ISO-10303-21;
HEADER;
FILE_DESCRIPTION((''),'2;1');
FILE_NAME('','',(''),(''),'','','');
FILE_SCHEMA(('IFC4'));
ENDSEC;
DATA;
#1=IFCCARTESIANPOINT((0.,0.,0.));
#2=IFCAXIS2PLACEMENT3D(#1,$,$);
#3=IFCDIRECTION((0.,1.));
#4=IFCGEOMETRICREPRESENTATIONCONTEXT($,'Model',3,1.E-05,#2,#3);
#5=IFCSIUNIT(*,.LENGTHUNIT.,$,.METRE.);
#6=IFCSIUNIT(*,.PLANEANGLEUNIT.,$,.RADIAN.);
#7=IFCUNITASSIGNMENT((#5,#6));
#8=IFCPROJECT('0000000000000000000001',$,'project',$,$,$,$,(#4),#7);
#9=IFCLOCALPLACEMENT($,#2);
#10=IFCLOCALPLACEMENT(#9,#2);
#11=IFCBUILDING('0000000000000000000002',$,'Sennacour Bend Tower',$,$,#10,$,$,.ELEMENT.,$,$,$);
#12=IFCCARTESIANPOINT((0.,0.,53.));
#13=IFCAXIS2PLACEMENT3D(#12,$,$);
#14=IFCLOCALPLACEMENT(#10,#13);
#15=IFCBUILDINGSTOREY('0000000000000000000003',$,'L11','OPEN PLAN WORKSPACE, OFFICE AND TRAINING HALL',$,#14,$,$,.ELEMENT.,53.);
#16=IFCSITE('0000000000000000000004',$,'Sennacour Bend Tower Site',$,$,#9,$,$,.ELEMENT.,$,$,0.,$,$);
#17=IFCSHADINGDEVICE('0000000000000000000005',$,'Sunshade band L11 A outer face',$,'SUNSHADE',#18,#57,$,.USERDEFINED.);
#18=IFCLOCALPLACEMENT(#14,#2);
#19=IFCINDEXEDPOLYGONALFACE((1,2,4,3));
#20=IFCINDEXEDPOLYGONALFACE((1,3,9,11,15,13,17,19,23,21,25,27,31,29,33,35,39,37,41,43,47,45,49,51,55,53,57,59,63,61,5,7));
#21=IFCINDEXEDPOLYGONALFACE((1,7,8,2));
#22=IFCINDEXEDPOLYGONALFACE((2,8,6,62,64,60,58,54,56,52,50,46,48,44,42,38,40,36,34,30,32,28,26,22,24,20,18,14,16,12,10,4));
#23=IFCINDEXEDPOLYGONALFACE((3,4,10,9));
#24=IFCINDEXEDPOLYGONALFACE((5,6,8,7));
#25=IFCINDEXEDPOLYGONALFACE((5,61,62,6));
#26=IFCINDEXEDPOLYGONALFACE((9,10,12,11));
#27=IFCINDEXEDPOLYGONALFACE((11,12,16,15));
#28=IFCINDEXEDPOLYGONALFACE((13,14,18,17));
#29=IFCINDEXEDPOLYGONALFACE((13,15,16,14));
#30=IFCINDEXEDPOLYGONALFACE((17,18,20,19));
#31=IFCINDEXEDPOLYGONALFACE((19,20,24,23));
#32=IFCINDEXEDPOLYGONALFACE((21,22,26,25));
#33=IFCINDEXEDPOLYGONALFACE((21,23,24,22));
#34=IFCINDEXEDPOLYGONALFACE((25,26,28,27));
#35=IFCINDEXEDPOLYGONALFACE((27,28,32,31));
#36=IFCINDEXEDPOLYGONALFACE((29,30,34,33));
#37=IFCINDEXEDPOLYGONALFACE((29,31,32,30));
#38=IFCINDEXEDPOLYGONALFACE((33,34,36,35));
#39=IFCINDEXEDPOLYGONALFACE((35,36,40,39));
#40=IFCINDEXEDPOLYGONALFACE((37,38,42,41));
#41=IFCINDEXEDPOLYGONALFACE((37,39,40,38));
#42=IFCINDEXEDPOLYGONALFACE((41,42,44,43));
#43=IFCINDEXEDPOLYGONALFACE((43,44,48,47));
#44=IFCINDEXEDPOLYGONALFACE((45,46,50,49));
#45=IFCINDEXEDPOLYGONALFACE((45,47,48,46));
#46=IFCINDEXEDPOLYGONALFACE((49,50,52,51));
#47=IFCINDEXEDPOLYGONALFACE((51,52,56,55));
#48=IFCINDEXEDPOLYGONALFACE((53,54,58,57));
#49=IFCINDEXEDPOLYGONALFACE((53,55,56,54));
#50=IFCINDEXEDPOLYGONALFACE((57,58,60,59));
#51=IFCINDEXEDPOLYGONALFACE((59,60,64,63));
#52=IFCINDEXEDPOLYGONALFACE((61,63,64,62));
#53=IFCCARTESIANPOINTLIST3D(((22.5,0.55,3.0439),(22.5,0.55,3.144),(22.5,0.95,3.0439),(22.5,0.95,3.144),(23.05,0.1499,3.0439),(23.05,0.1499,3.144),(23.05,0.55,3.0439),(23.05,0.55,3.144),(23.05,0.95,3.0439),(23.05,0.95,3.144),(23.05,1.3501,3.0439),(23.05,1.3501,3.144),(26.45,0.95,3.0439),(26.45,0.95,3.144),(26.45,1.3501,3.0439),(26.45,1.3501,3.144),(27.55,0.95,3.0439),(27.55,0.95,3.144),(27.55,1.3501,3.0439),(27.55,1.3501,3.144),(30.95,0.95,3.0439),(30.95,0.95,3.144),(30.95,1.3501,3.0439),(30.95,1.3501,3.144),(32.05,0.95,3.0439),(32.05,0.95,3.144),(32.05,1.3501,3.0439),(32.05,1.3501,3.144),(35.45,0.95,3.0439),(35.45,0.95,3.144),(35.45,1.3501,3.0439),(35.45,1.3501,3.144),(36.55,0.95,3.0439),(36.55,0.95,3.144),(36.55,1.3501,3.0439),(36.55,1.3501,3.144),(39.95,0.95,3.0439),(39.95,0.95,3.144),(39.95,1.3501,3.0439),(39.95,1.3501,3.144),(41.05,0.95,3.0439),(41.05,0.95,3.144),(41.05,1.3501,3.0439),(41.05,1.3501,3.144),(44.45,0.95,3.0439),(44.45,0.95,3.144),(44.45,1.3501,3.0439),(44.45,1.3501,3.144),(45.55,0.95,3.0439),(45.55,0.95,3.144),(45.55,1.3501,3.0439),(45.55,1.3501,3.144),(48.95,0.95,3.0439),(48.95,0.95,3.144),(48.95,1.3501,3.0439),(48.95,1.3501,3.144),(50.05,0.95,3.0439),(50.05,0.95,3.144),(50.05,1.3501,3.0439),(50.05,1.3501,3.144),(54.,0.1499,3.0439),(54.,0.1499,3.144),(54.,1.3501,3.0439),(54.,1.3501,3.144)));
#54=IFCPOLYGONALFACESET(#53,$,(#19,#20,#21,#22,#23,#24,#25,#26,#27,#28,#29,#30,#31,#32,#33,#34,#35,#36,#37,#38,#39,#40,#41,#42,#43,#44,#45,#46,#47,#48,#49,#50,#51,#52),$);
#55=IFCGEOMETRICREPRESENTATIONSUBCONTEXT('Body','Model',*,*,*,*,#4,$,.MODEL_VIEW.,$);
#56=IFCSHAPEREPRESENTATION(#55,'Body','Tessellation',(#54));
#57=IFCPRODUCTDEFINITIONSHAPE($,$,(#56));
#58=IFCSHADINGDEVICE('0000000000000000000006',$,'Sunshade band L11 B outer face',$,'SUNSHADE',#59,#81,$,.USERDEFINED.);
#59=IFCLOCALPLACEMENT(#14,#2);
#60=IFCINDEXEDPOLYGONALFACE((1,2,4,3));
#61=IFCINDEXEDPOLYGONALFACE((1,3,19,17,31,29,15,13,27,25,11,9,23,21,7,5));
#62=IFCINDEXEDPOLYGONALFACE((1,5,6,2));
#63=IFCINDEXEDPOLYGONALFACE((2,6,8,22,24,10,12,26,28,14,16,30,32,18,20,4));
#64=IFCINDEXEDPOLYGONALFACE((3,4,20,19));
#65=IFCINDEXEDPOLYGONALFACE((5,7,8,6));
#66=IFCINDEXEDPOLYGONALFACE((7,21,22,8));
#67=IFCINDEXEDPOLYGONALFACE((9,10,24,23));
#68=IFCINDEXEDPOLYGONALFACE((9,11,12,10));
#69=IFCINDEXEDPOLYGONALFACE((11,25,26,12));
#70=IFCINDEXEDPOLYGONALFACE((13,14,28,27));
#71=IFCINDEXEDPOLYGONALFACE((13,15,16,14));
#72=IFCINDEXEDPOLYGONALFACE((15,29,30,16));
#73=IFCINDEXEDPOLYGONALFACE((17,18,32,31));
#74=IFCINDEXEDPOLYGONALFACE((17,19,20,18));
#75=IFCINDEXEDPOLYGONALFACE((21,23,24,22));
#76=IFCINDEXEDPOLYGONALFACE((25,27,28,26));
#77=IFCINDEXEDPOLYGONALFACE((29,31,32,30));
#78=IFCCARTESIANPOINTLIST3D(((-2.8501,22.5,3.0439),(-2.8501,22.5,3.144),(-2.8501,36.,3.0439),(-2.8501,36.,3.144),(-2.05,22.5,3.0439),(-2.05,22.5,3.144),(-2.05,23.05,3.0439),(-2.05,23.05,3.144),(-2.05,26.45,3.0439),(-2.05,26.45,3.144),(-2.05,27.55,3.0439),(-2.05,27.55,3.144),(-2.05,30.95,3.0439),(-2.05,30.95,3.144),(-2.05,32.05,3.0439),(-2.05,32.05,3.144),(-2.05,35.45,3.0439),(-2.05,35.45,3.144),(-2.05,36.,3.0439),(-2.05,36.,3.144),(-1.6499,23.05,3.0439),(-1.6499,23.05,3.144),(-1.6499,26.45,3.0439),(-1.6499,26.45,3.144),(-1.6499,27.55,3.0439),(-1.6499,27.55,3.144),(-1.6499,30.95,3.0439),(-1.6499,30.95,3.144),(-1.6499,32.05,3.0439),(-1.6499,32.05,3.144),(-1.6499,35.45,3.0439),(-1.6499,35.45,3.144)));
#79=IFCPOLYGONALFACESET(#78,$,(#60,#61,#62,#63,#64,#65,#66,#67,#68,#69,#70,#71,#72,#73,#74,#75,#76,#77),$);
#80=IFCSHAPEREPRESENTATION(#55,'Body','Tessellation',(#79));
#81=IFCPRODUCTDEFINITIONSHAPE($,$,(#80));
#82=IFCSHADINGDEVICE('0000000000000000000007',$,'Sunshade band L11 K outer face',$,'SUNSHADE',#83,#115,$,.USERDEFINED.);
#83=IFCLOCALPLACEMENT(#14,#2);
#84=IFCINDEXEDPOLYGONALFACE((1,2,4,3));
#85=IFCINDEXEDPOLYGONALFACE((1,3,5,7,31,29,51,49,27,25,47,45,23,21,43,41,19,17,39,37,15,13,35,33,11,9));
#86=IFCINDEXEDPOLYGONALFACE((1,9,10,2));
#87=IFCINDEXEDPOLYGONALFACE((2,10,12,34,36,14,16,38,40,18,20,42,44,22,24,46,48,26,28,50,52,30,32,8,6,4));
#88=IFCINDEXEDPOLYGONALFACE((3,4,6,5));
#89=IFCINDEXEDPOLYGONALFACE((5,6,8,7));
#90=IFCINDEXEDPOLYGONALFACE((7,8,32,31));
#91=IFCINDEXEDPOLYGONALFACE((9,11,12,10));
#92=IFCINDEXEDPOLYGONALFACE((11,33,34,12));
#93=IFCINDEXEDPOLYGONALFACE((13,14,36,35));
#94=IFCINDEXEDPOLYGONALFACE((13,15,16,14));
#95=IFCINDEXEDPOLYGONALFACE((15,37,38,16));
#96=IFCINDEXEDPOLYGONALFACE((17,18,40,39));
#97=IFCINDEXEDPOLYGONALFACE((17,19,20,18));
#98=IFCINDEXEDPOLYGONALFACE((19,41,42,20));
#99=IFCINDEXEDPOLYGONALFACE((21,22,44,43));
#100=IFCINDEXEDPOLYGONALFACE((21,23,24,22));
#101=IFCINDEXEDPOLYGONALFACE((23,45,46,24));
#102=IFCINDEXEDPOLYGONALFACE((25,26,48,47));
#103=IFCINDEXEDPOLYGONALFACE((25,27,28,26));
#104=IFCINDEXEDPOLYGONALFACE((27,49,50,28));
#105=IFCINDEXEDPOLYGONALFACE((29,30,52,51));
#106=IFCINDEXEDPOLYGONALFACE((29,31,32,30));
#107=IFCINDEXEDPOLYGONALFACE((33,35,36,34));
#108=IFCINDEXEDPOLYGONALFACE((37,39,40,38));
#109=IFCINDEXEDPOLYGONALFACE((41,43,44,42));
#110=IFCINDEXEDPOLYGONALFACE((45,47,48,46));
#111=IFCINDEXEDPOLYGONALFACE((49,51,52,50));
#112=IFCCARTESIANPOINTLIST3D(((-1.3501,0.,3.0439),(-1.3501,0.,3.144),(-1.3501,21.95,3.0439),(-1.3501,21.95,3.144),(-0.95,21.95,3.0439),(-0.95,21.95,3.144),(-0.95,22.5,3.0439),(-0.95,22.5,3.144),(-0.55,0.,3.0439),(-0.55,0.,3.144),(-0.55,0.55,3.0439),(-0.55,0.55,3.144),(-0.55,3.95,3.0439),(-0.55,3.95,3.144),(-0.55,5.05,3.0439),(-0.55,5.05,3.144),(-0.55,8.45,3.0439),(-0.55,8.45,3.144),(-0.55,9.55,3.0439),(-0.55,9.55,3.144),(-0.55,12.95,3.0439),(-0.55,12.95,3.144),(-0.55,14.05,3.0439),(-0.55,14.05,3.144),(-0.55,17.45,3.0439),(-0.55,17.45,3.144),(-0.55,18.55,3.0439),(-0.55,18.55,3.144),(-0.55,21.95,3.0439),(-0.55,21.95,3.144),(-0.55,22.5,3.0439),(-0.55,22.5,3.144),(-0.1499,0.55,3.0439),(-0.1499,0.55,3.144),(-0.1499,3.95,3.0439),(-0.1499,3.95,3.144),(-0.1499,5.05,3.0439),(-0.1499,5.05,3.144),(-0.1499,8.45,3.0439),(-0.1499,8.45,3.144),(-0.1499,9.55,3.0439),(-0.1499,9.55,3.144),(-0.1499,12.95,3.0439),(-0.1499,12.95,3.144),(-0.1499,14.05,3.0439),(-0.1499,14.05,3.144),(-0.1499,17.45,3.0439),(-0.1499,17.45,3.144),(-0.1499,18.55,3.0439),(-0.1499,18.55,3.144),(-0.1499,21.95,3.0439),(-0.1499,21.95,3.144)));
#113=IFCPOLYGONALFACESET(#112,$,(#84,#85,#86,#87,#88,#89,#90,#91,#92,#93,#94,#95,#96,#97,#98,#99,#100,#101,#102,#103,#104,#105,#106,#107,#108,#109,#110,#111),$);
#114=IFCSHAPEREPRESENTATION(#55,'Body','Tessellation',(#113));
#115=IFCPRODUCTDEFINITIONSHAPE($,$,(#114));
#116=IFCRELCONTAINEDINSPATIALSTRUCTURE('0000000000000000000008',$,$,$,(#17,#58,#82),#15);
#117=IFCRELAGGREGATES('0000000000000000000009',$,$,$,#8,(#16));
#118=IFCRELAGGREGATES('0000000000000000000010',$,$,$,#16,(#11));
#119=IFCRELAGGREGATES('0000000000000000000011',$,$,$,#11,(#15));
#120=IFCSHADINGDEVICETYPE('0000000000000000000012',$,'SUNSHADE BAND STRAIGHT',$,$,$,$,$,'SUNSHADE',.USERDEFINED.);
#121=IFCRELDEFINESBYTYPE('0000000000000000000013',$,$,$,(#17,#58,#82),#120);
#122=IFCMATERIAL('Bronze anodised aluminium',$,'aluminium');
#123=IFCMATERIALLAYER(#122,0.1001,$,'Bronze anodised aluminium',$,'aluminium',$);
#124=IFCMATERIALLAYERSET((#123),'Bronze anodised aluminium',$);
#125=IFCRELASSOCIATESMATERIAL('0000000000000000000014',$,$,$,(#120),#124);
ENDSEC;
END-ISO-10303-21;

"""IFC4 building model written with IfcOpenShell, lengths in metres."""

from ifc_helpers import new_model, si_unit, direction, frame, origin, place, context, subcontext, project, spatial, polyline, outline, extrude, material, layer, layer_set, type_object, element, save


model = new_model("IFC4")

# Units and contexts
model_context = context("Model", 3, precision=1e-05, world=origin(), true_north=direction((0.0, 1.0)))
body_context = subcontext(model_context, "Body", "Model", "MODEL_VIEW")
ifc_project = project(units=[si_unit("LENGTHUNIT", "METRE"), si_unit("PLANEANGLEUNIT", "RADIAN")], contexts=[model_context])

# Site, building, storey
site_placement = place(None, origin())
site = spatial("IfcSite", under=ifc_project, at=site_placement, Name="Sennacour Bend Tower Site", CompositionType="ELEMENT", RefElevation=0.0)
building_placement = place(site_placement, origin())
building = spatial("IfcBuilding", under=site, at=building_placement, Name="Sennacour Bend Tower", CompositionType="ELEMENT")
storey_placement = place(building_placement, frame((0.0, 0.0, 53.0)))
storey = spatial("IfcBuildingStorey", under=building, at=storey_placement, Name="L11", Description="OPEN PLAN WORKSPACE, OFFICE AND TRAINING HALL", CompositionType="ELEMENT", Elevation=53.0)

# Shading devices
ifc_material_1 = material(Name="Bronze anodised aluminium", Category="aluminium")
ifc_layer_1 = layer(ifc_material_1, 0.1001, Name="Bronze anodised aluminium", Category="aluminium")
ifc_layer_set_1 = layer_set([ifc_layer_1], Name="Bronze anodised aluminium")
shading_device_type_1 = type_object("IfcShadingDeviceType", Name="SUNSHADE BAND STRAIGHT", ElementType="SUNSHADE", PredefinedType="USERDEFINED", material=ifc_layer_set_1)
shading_device_1_placement = place(storey_placement, frame((0.0, 0.0, 3.0439)))
element("IfcShadingDevice", 1, at=shading_device_1_placement, inside=storey, type_object=shading_device_type_1, Name="Sunshade band L11 A outer face", ObjectType="SUNSHADE", PredefinedType="USERDEFINED", context=body_context, shape_type="SweptSolid", body=[
    extrude(outline(polyline([(26.45, 1.3501), (26.45, 0.95), (27.55, 0.95), (27.55, 1.3501), (30.95, 1.3501), (30.95, 0.95), (32.05, 0.95), (32.05, 1.3501), (35.45, 1.3501), (35.45, 0.95), (36.55, 0.95), (36.55, 1.3501), (39.95, 1.3501), (39.95, 0.95), (41.05, 0.95), (41.05, 1.3501), (44.45, 1.3501), (44.45, 0.95), (45.55, 0.95), (45.55, 1.3501), (48.95, 1.3501), (48.95, 0.95), (50.05, 0.95), (50.05, 1.3501), (54.0, 1.3501), (54.0, 0.1499), (23.05, 0.1499), (23.05, 0.55), (22.5, 0.55), (22.5, 0.95), (23.05, 0.95), (23.05, 1.3501), (26.45, 1.3501)])), origin(), (0.0, 0.0, 1.0), 0.1001),
])
shading_device_2_placement = place(storey_placement, frame((0.0, 0.0, 3.0439)))
element("IfcShadingDevice", 2, at=shading_device_2_placement, inside=storey, type_object=shading_device_type_1, Name="Sunshade band L11 B outer face", ObjectType="SUNSHADE", PredefinedType="USERDEFINED", context=body_context, shape_type="SweptSolid", body=[
    extrude(outline(polyline([(-1.6499, 32.05), (-2.05, 32.05), (-2.05, 30.95), (-1.6499, 30.95), (-1.6499, 27.55), (-2.05, 27.55), (-2.05, 26.45), (-1.6499, 26.45), (-1.6499, 23.05), (-2.05, 23.05), (-2.05, 22.5), (-2.8501, 22.5), (-2.8501, 36.0), (-2.05, 36.0), (-2.05, 35.45), (-1.6499, 35.45), (-1.6499, 32.05)])), origin(), (0.0, 0.0, 1.0), 0.1001),
])
shading_device_3_placement = place(storey_placement, frame((0.0, 0.0, 3.0439)))
element("IfcShadingDevice", 3, at=shading_device_3_placement, inside=storey, type_object=shading_device_type_1, Name="Sunshade band L11 K outer face", ObjectType="SUNSHADE", PredefinedType="USERDEFINED", context=body_context, shape_type="SweptSolid", body=[
    extrude(outline(polyline([(-0.1499, 18.55), (-0.55, 18.55), (-0.55, 17.45), (-0.1499, 17.45), (-0.1499, 14.05), (-0.55, 14.05), (-0.55, 12.95), (-0.1499, 12.95), (-0.1499, 9.55), (-0.55, 9.55), (-0.55, 8.45), (-0.1499, 8.45), (-0.1499, 5.05), (-0.55, 5.05), (-0.55, 3.95), (-0.1499, 3.95), (-0.1499, 0.55), (-0.55, 0.55), (-0.55, 0.0), (-1.3501, 0.0), (-1.3501, 21.95), (-0.95, 21.95), (-0.95, 22.5), (-0.55, 22.5), (-0.55, 21.95), (-0.1499, 21.95), (-0.1499, 18.55)])), origin(), (0.0, 0.0, 1.0), 0.1001),
])

save(model, "model.ifc")
